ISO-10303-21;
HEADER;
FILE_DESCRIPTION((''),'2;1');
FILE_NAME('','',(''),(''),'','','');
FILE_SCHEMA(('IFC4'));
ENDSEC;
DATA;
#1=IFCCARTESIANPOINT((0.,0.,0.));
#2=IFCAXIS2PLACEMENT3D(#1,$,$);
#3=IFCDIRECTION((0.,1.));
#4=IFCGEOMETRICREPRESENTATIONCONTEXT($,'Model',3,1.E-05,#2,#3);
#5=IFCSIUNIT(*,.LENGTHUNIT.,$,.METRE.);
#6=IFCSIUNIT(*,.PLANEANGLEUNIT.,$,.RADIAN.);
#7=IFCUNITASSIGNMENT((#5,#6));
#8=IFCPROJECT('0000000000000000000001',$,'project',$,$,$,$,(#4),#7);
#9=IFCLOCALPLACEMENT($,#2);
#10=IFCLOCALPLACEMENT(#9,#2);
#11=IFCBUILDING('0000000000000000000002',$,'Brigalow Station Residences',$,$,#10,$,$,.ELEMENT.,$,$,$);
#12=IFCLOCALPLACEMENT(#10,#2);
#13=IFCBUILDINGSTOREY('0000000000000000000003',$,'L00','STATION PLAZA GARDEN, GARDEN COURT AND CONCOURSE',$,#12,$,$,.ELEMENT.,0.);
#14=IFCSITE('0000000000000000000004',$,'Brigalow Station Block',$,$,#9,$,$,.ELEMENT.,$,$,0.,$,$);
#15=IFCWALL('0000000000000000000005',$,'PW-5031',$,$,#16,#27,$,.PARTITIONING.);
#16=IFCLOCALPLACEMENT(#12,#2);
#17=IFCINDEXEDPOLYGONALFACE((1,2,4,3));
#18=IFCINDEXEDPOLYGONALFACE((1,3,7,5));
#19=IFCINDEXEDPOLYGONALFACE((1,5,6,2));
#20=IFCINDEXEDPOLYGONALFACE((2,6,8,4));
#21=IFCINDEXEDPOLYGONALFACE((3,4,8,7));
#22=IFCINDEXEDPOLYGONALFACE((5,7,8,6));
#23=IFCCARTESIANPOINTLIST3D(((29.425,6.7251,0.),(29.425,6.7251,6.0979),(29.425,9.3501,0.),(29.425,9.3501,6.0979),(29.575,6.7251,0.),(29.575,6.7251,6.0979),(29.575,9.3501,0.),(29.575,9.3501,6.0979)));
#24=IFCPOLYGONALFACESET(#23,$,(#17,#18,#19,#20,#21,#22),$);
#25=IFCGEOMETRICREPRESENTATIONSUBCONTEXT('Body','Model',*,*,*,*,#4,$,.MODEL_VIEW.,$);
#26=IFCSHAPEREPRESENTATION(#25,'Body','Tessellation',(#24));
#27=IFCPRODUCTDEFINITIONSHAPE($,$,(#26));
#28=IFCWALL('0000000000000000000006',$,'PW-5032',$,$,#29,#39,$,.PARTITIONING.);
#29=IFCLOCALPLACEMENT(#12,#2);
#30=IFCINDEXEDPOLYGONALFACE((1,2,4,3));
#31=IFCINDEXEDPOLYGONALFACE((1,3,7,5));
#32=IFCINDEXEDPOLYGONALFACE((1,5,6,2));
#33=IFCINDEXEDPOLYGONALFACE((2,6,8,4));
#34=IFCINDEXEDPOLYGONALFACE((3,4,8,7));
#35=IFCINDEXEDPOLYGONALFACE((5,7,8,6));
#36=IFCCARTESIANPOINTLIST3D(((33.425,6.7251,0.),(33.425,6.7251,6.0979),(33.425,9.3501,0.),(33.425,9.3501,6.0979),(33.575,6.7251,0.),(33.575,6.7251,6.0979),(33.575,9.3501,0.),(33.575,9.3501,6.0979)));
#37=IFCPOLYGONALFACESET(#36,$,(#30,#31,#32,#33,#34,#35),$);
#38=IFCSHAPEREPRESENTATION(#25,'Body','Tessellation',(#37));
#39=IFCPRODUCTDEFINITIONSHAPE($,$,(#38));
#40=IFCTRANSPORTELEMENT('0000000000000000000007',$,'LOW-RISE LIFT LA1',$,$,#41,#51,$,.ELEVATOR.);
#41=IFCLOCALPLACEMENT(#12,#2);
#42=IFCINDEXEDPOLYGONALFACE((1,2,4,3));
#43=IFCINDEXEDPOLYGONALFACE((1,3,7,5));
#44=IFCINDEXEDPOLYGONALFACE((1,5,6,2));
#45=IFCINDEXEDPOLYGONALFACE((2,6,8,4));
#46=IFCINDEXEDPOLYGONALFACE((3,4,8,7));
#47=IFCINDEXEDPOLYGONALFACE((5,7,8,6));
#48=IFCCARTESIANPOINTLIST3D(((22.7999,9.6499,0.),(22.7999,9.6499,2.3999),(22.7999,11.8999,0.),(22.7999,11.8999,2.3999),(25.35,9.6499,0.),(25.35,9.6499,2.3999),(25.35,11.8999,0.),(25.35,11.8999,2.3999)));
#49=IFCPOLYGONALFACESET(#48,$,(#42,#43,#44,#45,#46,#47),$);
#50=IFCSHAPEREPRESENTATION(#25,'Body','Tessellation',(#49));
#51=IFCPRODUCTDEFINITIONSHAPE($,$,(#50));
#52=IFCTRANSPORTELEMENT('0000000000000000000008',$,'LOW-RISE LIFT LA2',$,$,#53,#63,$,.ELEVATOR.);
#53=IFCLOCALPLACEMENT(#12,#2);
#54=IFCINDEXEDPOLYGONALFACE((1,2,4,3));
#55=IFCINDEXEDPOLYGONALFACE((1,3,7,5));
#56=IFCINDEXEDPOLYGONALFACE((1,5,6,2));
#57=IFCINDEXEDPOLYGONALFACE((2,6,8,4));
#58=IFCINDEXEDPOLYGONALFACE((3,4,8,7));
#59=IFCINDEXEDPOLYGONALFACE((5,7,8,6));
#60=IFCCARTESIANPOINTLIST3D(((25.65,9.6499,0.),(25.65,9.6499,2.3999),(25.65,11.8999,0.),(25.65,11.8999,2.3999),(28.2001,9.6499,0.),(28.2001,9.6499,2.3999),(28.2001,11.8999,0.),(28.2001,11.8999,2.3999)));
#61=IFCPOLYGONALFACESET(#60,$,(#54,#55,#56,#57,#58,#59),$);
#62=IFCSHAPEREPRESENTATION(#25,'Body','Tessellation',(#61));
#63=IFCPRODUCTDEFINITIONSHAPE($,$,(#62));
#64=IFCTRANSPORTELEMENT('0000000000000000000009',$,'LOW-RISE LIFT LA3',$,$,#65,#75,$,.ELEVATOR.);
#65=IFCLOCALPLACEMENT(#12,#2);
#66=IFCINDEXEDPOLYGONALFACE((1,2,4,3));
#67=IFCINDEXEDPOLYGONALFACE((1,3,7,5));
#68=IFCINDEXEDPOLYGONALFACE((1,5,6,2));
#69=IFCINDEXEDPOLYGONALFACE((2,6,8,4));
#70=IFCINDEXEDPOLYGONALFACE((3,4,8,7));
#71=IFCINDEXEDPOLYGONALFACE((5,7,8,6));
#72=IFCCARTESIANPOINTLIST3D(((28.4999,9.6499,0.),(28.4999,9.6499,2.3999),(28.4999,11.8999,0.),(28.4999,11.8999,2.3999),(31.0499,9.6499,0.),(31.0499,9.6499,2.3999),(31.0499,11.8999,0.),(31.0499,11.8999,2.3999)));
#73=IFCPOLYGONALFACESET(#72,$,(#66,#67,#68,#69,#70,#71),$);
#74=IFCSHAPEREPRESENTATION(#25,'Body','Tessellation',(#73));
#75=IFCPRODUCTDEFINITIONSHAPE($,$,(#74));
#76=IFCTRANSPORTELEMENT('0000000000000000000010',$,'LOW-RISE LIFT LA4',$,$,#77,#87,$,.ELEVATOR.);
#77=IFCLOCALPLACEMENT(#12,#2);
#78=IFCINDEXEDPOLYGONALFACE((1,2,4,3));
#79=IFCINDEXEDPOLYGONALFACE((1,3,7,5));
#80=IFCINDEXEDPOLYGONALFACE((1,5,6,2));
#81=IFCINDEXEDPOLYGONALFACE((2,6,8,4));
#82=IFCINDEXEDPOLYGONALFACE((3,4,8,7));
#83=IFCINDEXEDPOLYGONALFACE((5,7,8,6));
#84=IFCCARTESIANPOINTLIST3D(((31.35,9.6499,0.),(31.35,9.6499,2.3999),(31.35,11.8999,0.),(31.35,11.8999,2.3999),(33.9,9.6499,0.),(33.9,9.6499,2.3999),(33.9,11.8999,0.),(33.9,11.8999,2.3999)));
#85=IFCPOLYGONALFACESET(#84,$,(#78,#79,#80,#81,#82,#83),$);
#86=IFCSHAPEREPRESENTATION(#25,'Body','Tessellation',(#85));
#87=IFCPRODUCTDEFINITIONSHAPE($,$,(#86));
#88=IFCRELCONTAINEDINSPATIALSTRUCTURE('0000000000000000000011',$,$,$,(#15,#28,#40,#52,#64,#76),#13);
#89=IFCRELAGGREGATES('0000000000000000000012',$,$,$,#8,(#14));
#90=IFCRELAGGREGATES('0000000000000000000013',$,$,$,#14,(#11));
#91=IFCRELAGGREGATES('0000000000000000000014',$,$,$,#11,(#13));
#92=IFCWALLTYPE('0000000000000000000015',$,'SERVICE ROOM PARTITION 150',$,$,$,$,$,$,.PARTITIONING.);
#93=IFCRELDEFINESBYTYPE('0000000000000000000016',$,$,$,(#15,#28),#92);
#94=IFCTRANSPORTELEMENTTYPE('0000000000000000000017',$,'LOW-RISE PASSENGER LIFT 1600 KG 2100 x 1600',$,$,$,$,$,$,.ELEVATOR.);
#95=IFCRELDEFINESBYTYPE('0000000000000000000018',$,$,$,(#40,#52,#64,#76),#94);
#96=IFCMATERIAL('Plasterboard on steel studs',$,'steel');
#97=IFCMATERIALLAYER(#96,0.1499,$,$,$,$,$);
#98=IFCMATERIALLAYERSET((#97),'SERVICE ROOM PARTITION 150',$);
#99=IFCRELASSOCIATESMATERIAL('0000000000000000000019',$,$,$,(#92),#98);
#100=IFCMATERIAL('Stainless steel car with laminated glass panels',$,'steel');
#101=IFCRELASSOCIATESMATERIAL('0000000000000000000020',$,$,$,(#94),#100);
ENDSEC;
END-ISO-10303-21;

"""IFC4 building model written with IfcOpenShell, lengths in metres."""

from ifc_helpers import new_model, si_unit, direction, frame, frame_2d, origin, origin_2d, place, context, subcontext, project, spatial, rectangle, extrude, material, layer, layer_set, type_object, element, save


model = new_model("IFC4")

# Units and contexts
model_context = context("Model", 3, precision=1e-05, world=origin(), true_north=direction((0.0, 1.0)))
body_context = subcontext(model_context, "Body", "Model", "MODEL_VIEW")
ifc_project = project(units=[si_unit("LENGTHUNIT", "METRE"), si_unit("PLANEANGLEUNIT", "RADIAN")], contexts=[model_context])

# Site, building, storey
site_placement = place(None, origin())
site = spatial("IfcSite", under=ifc_project, at=site_placement, Name="Brigalow Station Block", CompositionType="ELEMENT", RefElevation=0.0)
building_placement = place(site_placement, origin())
building = spatial("IfcBuilding", under=site, at=building_placement, Name="Brigalow Station Residences", CompositionType="ELEMENT")
storey_placement = place(building_placement, origin())
storey = spatial("IfcBuildingStorey", under=building, at=storey_placement, Name="L00", Description="STATION PLAZA GARDEN, GARDEN COURT AND CONCOURSE", CompositionType="ELEMENT", Elevation=0.0)

# Shared definitions
ifc_material_1 = material(Name="Plasterboard on steel studs", Category="steel")
ifc_layer_1 = layer(ifc_material_1, 0.1499)
ifc_layer_set_1 = layer_set([ifc_layer_1], Name="SERVICE ROOM PARTITION 150")
wall_type_1 = type_object("IfcWallType", Name="SERVICE ROOM PARTITION 150", PredefinedType="PARTITIONING", material=ifc_layer_set_1)

# Walls
for number, where, z_axis, x_axis, name in (
    (1, (29.5, 6.7251, 0.0), (0.0, 0.0, 1.0), (0.0, 1.0, 0.0), "PW-5031"),
    (2, (33.5, 6.7251, 0.0), (0.0, 0.0, 1.0), (0.0, 1.0, 0.0), "PW-5032"),
):
    element("IfcWall", number, at=place(storey_placement, frame(where, z_axis=z_axis, x_axis=x_axis)), inside=storey, type_object=wall_type_1, Name=name, PredefinedType="PARTITIONING", context=body_context, shape_type="SweptSolid", body=[
        extrude(rectangle(XDim=2.625, YDim=0.1499, at=frame_2d((1.3125, 0.0))), origin(), (0.0, 0.0, 1.0), 6.0979),
    ])

# Transport elements
ifc_material_2 = material(Name="Stainless steel car with laminated glass panels", Category="steel")
transport_element_type = type_object("IfcTransportElementType", Name="LOW-RISE PASSENGER LIFT 1600 KG 2100 x 1600", PredefinedType="ELEVATOR", material=ifc_material_2)
for number, where, z_axis, x_axis, name in (
    (3, (24.075, 10.7749, 0.0), (0.0, 0.0, 1.0), (1.0, 0.0, 0.0), "LOW-RISE LIFT LA1"),
    (4, (26.925, 10.7749, 0.0), (0.0, 0.0, 1.0), (1.0, 0.0, 0.0), "LOW-RISE LIFT LA2"),
    (5, (29.7749, 10.7749, 0.0), (0.0, 0.0, 1.0), (1.0, 0.0, 0.0), "LOW-RISE LIFT LA3"),
    (6, (32.625, 10.7749, 0.0), (0.0, 0.0, 1.0), (1.0, 0.0, 0.0), "LOW-RISE LIFT LA4"),
):
    element("IfcTransportElement", number, at=place(storey_placement, frame(where, z_axis=z_axis, x_axis=x_axis)), inside=storey, type_object=transport_element_type, Name=name, PredefinedType="ELEVATOR", context=body_context, shape_type="SweptSolid", body=[
        extrude(rectangle(XDim=2.55, YDim=2.25, at=origin_2d()), origin(), (0.0, 0.0, 1.0), 2.3999),
    ])

save(model, "model.ifc")
